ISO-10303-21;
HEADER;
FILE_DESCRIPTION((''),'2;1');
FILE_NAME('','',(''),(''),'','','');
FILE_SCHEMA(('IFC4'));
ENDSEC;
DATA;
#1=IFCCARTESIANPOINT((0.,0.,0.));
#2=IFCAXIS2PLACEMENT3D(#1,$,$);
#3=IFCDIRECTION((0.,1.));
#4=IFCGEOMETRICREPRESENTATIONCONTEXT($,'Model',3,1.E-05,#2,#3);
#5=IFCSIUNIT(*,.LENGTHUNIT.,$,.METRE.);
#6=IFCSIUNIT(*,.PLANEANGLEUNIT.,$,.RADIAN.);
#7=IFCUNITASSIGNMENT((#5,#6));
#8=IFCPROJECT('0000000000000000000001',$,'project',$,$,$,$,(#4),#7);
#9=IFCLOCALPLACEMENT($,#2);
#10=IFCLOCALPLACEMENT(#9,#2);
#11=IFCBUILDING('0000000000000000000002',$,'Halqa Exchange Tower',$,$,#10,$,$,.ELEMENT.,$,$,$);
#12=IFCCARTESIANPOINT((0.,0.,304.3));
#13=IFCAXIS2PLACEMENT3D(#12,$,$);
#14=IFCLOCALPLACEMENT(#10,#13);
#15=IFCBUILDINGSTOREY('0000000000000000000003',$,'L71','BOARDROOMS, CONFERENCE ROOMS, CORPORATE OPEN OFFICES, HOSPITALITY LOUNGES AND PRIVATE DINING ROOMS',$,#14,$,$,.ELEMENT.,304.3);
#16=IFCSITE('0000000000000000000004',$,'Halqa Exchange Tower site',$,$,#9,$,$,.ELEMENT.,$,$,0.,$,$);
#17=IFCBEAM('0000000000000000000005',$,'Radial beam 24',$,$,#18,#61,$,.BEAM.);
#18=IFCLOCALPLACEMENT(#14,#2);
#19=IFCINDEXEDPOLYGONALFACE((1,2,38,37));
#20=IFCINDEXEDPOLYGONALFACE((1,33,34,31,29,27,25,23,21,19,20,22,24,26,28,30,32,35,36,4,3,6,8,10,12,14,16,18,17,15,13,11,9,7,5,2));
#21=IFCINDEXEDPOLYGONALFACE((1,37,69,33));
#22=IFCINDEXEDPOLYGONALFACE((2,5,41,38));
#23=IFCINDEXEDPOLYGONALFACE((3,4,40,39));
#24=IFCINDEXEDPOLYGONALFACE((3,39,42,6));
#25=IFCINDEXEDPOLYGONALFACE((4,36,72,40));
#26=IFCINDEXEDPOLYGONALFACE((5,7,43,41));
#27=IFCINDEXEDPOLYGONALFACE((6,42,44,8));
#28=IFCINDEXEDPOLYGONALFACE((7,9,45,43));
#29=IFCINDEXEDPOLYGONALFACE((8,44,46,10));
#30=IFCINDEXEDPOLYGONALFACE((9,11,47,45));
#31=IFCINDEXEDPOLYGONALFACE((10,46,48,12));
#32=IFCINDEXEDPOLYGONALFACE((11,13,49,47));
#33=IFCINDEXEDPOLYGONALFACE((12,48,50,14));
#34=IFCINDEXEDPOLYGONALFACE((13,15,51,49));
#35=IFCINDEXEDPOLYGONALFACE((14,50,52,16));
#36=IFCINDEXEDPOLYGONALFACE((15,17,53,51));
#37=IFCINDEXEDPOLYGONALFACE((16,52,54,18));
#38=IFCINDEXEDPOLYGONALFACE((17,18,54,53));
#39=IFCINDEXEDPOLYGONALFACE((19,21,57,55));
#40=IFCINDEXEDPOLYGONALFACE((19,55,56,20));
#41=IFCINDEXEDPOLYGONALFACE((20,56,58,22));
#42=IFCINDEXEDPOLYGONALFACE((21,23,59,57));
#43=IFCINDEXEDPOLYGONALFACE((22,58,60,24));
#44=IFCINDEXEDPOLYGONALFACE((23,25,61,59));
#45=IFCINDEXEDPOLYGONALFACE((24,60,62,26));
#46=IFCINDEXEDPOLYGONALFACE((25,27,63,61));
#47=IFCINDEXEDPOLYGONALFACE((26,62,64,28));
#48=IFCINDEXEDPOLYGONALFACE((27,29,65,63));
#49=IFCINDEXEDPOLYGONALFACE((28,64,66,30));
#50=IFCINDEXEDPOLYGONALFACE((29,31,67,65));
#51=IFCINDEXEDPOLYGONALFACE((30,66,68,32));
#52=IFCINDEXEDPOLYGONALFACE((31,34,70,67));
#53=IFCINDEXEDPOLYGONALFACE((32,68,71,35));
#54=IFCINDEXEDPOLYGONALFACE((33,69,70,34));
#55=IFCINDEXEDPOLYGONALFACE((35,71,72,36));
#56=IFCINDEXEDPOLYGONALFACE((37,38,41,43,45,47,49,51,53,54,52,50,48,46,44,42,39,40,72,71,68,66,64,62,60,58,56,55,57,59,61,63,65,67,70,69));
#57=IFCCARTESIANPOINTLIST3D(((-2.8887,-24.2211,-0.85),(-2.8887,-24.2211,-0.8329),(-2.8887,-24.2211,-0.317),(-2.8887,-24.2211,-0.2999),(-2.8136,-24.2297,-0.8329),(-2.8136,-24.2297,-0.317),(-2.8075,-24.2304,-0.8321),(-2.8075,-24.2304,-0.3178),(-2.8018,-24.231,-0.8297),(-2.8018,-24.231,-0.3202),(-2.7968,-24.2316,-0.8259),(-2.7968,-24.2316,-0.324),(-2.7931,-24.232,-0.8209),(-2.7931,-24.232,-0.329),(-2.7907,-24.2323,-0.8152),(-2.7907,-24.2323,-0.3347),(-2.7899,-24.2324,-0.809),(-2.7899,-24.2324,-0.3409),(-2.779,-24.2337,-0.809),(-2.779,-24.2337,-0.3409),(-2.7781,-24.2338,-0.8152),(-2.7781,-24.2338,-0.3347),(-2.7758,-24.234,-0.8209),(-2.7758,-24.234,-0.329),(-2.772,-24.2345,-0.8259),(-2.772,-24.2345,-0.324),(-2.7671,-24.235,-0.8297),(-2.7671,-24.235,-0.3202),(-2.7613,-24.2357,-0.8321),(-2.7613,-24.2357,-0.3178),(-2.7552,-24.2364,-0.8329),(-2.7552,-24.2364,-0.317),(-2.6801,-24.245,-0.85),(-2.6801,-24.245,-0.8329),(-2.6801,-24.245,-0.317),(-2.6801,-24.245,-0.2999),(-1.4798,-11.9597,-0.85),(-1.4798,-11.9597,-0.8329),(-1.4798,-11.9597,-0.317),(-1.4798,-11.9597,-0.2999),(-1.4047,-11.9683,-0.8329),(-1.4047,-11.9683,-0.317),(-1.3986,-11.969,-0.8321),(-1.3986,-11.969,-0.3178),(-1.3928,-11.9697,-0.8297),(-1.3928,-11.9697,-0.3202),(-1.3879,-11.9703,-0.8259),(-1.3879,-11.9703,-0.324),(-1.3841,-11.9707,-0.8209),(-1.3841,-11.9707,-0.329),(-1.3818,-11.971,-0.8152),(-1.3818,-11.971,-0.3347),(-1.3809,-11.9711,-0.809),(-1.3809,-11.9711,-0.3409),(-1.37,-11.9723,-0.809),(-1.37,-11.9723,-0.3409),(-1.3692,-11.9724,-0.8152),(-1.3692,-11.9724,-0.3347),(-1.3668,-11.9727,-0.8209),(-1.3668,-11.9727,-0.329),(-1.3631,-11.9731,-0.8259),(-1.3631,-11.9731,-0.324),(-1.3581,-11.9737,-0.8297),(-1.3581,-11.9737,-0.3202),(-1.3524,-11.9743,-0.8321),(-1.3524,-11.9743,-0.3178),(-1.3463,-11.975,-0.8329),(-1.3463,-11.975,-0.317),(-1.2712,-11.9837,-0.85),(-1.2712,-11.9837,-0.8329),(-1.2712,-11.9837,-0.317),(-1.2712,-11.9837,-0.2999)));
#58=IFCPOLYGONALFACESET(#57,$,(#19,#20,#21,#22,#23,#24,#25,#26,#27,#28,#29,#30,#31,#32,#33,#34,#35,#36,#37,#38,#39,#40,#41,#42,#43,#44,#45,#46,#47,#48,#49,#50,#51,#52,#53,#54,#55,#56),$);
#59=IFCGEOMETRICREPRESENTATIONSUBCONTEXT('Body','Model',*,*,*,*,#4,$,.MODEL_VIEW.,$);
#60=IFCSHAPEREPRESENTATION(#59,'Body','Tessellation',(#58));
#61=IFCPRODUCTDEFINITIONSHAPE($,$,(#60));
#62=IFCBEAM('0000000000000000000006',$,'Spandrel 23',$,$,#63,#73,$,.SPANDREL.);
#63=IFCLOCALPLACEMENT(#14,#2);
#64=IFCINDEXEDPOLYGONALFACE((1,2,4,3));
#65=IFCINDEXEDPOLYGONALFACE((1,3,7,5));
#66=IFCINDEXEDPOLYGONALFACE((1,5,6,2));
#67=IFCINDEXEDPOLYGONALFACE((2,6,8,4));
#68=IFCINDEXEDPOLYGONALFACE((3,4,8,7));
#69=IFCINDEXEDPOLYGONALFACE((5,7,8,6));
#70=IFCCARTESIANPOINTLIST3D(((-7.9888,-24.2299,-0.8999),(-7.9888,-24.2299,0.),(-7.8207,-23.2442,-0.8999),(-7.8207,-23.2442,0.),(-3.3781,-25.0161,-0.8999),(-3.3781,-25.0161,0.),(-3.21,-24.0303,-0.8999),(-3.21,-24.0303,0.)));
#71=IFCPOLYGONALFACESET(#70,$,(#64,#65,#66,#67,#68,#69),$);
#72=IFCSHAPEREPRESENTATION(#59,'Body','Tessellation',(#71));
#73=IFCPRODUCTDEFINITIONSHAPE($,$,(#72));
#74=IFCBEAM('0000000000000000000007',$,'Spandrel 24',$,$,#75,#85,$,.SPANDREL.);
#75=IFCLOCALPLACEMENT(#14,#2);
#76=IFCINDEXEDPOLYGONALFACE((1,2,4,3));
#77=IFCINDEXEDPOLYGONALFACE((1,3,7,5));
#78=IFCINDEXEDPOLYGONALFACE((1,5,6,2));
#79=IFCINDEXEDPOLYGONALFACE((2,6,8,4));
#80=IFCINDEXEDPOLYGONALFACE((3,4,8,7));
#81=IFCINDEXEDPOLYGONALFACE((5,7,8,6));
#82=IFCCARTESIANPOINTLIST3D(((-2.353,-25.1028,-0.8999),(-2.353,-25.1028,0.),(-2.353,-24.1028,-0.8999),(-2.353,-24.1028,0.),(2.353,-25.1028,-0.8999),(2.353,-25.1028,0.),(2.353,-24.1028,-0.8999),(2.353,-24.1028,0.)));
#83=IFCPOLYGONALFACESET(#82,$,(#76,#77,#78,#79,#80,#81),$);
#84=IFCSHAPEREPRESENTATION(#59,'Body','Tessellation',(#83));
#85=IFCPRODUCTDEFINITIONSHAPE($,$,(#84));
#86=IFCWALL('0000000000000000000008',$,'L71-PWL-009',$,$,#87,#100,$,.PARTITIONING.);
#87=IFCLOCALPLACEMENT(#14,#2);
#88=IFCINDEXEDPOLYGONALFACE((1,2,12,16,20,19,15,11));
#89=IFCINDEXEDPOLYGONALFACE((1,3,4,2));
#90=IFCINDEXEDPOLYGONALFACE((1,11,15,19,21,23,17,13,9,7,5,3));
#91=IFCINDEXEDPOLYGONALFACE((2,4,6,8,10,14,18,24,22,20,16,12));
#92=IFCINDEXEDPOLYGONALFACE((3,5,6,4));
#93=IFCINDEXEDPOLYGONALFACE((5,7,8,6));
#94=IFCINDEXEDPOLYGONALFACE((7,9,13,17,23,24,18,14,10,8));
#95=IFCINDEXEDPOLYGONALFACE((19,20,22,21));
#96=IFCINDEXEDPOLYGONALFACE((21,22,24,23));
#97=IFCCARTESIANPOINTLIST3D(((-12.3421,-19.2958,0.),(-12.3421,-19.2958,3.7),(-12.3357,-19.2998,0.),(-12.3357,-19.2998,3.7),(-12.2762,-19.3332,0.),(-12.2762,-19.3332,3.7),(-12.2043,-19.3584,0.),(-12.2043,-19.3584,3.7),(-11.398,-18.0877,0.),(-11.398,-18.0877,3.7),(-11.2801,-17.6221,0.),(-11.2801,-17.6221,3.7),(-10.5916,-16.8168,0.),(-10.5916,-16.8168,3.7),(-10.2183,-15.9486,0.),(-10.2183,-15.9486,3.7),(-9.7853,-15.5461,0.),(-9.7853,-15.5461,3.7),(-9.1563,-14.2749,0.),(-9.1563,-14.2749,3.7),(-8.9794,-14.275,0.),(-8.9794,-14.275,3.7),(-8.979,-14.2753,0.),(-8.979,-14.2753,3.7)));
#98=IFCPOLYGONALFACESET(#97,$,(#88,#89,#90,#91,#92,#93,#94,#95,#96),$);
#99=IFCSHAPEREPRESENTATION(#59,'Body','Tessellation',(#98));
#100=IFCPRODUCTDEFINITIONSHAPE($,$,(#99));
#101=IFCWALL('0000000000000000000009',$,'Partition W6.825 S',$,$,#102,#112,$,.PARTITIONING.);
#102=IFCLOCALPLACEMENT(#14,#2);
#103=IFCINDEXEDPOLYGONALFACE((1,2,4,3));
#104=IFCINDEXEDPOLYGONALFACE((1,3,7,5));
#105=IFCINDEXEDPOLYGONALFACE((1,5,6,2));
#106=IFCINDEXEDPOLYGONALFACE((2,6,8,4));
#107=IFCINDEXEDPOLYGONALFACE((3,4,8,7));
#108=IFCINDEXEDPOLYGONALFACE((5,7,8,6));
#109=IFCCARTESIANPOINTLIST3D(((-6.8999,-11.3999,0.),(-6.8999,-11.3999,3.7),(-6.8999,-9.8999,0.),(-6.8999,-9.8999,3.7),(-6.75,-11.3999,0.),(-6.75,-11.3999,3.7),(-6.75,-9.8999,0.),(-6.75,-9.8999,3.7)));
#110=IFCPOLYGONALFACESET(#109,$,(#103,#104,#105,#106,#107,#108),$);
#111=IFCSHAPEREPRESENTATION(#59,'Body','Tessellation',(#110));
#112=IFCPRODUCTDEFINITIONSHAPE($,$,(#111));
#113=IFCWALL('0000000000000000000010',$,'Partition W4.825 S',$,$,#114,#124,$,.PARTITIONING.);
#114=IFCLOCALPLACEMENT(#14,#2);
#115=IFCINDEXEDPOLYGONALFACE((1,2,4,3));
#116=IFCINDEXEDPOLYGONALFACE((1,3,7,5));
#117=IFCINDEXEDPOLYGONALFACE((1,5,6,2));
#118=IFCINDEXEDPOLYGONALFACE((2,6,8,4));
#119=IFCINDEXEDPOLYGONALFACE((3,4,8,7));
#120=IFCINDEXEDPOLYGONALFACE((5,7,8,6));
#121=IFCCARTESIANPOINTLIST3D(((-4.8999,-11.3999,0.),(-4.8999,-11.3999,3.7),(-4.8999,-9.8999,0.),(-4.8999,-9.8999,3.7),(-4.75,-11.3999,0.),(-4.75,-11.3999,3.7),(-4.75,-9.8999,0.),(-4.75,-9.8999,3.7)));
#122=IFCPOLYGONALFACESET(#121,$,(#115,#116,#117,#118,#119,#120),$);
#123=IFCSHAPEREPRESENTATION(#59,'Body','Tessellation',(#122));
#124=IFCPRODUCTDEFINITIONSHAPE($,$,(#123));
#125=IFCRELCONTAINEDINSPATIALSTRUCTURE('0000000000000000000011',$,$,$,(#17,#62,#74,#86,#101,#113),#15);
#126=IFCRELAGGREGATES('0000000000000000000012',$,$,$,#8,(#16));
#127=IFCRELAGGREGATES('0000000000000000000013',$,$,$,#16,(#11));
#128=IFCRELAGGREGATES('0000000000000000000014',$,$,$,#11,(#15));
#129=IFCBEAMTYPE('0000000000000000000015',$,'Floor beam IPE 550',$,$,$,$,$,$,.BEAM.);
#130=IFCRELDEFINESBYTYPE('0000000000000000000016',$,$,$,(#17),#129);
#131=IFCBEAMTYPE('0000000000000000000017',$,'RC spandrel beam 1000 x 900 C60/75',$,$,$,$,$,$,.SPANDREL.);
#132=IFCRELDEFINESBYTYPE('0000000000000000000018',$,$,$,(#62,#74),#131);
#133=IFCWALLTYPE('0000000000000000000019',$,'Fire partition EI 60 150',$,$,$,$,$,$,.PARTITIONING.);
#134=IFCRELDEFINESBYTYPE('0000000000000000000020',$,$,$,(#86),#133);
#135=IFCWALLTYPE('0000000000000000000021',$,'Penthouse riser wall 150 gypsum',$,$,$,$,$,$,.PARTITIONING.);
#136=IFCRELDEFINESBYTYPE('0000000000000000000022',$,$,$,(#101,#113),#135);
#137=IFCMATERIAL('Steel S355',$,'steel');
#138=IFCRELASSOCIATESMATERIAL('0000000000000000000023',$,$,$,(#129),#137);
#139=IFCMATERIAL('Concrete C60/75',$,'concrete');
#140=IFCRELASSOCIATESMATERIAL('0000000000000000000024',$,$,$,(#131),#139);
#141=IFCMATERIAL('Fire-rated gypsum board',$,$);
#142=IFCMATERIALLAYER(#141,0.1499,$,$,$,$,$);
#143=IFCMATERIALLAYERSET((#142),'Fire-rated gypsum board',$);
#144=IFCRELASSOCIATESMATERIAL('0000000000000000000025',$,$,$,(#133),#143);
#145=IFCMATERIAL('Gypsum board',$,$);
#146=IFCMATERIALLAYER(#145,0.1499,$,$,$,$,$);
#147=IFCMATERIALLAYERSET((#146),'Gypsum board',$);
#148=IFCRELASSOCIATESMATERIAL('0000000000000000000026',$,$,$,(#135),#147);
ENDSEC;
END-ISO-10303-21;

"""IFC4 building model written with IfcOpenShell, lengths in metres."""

from ifc_helpers import new_model, si_unit, direction, frame, frame_2d, origin, origin_2d, place, context, subcontext, project, spatial, polyline, rectangle, i_section, outline, extrude, material, layer, layer_set, material_profile, profile_set, type_object, element, save


model = new_model("IFC4")

# Units and contexts
model_context = context("Model", 3, precision=1e-05, world=origin(), true_north=direction((0.0, 1.0)))
body_context = subcontext(model_context, "Body", "Model", "MODEL_VIEW")
ifc_project = project(units=[si_unit("LENGTHUNIT", "METRE"), si_unit("PLANEANGLEUNIT", "RADIAN")], contexts=[model_context])

# Site, building, storey
site_placement = place(None, origin())
site = spatial("IfcSite", under=ifc_project, at=site_placement, Name="Halqa Exchange Tower site", CompositionType="ELEMENT", RefElevation=0.0)
building_placement = place(site_placement, origin())
building = spatial("IfcBuilding", under=site, at=building_placement, Name="Halqa Exchange Tower", CompositionType="ELEMENT")
storey_placement = place(building_placement, frame((0.0, 0.0, 304.3)))
storey = spatial("IfcBuildingStorey", under=building, at=storey_placement, Name="L71", Description="BOARDROOMS, CONFERENCE ROOMS, CORPORATE OPEN OFFICES, HOSPITALITY LOUNGES AND PRIVATE DINING ROOMS", CompositionType="ELEMENT", Elevation=304.3)

# Beams
ifc_material_1 = material(Name="Steel S355", Category="steel")
ifc_material_profile_1 = material_profile(ifc_material_1, i_section(OverallWidth=0.21, OverallDepth=0.55, WebThickness=0.011, FlangeThickness=0.0171, FilletRadius=0.0239, at=origin_2d()), Name="IPE 550")
ifc_profile_set_1 = profile_set([ifc_material_profile_1], Name="Steel S355")
beam_type_1 = type_object("IfcBeamType", Name="Floor beam IPE 550", PredefinedType="BEAM", material=ifc_profile_set_1)
beam_1_placement = place(storey_placement, frame((-1.3755, -11.9717, -0.575), z_axis=(-0.114156, -0.993463, 0.0), x_axis=(0.993463, -0.114156, 0.0)))
element("IfcBeam", 1, at=beam_1_placement, inside=storey, type_object=beam_type_1, Name="Radial beam 24", PredefinedType="BEAM", context=body_context, shape_type="SweptSolid", body=[
    extrude(i_section(OverallWidth=0.21, OverallDepth=0.55, WebThickness=0.011, FlangeThickness=0.0171, FilletRadius=0.0239, at=origin_2d()), origin(), (0.0, 0.0, 1.0), 12.342),
])
ifc_material_2 = material(Name="Concrete C60/75", Category="concrete")
ifc_material_profile_2 = material_profile(ifc_material_2, rectangle(XDim=1.0, YDim=0.8999, at=origin_2d()), Name="1000 x 900")
ifc_profile_set_2 = profile_set([ifc_material_profile_2], Name="Concrete C60/75")
beam_type_2 = type_object("IfcBeamType", Name="RC spandrel beam 1000 x 900 C60/75", PredefinedType="SPANDREL", material=ifc_profile_set_2)
beam_2_placement = place(storey_placement, frame((-7.9048, -23.7371, -0.45), z_axis=(0.985773, -0.16808, 0.0), x_axis=(0.16808, 0.985773, 0.0)))
element("IfcBeam", 2, at=beam_2_placement, inside=storey, type_object=beam_type_2, Name="Spandrel 23", PredefinedType="SPANDREL", context=body_context, shape_type="SweptSolid", body=[
    extrude(rectangle(XDim=1.0, YDim=0.8999, at=origin_2d()), origin(), (0.0, 0.0, 1.0), 4.6772),
])
beam_3_placement = place(storey_placement, frame((-2.353, -24.6028, -0.45), z_axis=(1.0, 0.0, 0.0), x_axis=(0.0, 1.0, 0.0)))
element("IfcBeam", 3, at=beam_3_placement, inside=storey, type_object=beam_type_2, Name="Spandrel 24", PredefinedType="SPANDREL", context=body_context, shape_type="SweptSolid", body=[
    extrude(rectangle(XDim=1.0, YDim=0.8999, at=origin_2d()), origin(), (0.0, 0.0, 1.0), 4.7061),
])

# Walls
ifc_material_3 = material(Name="Fire-rated gypsum board")
ifc_layer_1 = layer(ifc_material_3, 0.1499)
ifc_layer_set_1 = layer_set([ifc_layer_1], Name="Fire-rated gypsum board")
wall_type_1 = type_object("IfcWallType", Name="Fire partition EI 60 150", PredefinedType="PARTITIONING", material=ifc_layer_set_1)
wall_1_placement = place(storey_placement, frame((-9.0422, -14.2351, 0.0), z_axis=(0.0, 0.0, 1.0), x_axis=(-0.535766, -0.844366, 0.0)))
element("IfcWall", 4, at=wall_1_placement, inside=storey, type_object=wall_type_1, Name="L71-PWL-009", PredefinedType="PARTITIONING", context=body_context, shape_type="SweptSolid", body=[
    extrude(outline(polyline([(6.041, -0.075), (6.041, -0.0674), (6.0374, 0.0007), (6.02, 0.075), (4.5151, 0.075), (3.01, 0.075), (1.5051, 0.075), (0.0, 0.075), (0.0, 0.0745), (0.0947, -0.075), (2.0769, -0.075), (4.0588, -0.075), (6.041, -0.075)])), origin(), (0.0, 0.0, 1.0), 3.7),
])
ifc_material_4 = material(Name="Gypsum board")
ifc_layer_2 = layer(ifc_material_4, 0.1499)
ifc_layer_set_2 = layer_set([ifc_layer_2], Name="Gypsum board")
wall_type_2 = type_object("IfcWallType", Name="Penthouse riser wall 150 gypsum", PredefinedType="PARTITIONING", material=ifc_layer_set_2)
for number, where, z_axis, x_axis, name in (
    (5, (-6.825, -11.3999, 0.0), (0.0, 0.0, 1.0), (0.0, 1.0, 0.0), "Partition W6.825 S"),
    (6, (-4.825, -11.3999, 0.0), (0.0, 0.0, 1.0), (0.0, 1.0, 0.0), "Partition W4.825 S"),
):
    element("IfcWall", number, at=place(storey_placement, frame(where, z_axis=z_axis, x_axis=x_axis)), inside=storey, type_object=wall_type_2, Name=name, PredefinedType="PARTITIONING", context=body_context, shape_type="SweptSolid", body=[
        extrude(rectangle(XDim=1.5, YDim=0.1499, at=frame_2d((0.75, 0.0))), origin(), (0.0, 0.0, 1.0), 3.7),
    ])

save(model, "model.ifc")
